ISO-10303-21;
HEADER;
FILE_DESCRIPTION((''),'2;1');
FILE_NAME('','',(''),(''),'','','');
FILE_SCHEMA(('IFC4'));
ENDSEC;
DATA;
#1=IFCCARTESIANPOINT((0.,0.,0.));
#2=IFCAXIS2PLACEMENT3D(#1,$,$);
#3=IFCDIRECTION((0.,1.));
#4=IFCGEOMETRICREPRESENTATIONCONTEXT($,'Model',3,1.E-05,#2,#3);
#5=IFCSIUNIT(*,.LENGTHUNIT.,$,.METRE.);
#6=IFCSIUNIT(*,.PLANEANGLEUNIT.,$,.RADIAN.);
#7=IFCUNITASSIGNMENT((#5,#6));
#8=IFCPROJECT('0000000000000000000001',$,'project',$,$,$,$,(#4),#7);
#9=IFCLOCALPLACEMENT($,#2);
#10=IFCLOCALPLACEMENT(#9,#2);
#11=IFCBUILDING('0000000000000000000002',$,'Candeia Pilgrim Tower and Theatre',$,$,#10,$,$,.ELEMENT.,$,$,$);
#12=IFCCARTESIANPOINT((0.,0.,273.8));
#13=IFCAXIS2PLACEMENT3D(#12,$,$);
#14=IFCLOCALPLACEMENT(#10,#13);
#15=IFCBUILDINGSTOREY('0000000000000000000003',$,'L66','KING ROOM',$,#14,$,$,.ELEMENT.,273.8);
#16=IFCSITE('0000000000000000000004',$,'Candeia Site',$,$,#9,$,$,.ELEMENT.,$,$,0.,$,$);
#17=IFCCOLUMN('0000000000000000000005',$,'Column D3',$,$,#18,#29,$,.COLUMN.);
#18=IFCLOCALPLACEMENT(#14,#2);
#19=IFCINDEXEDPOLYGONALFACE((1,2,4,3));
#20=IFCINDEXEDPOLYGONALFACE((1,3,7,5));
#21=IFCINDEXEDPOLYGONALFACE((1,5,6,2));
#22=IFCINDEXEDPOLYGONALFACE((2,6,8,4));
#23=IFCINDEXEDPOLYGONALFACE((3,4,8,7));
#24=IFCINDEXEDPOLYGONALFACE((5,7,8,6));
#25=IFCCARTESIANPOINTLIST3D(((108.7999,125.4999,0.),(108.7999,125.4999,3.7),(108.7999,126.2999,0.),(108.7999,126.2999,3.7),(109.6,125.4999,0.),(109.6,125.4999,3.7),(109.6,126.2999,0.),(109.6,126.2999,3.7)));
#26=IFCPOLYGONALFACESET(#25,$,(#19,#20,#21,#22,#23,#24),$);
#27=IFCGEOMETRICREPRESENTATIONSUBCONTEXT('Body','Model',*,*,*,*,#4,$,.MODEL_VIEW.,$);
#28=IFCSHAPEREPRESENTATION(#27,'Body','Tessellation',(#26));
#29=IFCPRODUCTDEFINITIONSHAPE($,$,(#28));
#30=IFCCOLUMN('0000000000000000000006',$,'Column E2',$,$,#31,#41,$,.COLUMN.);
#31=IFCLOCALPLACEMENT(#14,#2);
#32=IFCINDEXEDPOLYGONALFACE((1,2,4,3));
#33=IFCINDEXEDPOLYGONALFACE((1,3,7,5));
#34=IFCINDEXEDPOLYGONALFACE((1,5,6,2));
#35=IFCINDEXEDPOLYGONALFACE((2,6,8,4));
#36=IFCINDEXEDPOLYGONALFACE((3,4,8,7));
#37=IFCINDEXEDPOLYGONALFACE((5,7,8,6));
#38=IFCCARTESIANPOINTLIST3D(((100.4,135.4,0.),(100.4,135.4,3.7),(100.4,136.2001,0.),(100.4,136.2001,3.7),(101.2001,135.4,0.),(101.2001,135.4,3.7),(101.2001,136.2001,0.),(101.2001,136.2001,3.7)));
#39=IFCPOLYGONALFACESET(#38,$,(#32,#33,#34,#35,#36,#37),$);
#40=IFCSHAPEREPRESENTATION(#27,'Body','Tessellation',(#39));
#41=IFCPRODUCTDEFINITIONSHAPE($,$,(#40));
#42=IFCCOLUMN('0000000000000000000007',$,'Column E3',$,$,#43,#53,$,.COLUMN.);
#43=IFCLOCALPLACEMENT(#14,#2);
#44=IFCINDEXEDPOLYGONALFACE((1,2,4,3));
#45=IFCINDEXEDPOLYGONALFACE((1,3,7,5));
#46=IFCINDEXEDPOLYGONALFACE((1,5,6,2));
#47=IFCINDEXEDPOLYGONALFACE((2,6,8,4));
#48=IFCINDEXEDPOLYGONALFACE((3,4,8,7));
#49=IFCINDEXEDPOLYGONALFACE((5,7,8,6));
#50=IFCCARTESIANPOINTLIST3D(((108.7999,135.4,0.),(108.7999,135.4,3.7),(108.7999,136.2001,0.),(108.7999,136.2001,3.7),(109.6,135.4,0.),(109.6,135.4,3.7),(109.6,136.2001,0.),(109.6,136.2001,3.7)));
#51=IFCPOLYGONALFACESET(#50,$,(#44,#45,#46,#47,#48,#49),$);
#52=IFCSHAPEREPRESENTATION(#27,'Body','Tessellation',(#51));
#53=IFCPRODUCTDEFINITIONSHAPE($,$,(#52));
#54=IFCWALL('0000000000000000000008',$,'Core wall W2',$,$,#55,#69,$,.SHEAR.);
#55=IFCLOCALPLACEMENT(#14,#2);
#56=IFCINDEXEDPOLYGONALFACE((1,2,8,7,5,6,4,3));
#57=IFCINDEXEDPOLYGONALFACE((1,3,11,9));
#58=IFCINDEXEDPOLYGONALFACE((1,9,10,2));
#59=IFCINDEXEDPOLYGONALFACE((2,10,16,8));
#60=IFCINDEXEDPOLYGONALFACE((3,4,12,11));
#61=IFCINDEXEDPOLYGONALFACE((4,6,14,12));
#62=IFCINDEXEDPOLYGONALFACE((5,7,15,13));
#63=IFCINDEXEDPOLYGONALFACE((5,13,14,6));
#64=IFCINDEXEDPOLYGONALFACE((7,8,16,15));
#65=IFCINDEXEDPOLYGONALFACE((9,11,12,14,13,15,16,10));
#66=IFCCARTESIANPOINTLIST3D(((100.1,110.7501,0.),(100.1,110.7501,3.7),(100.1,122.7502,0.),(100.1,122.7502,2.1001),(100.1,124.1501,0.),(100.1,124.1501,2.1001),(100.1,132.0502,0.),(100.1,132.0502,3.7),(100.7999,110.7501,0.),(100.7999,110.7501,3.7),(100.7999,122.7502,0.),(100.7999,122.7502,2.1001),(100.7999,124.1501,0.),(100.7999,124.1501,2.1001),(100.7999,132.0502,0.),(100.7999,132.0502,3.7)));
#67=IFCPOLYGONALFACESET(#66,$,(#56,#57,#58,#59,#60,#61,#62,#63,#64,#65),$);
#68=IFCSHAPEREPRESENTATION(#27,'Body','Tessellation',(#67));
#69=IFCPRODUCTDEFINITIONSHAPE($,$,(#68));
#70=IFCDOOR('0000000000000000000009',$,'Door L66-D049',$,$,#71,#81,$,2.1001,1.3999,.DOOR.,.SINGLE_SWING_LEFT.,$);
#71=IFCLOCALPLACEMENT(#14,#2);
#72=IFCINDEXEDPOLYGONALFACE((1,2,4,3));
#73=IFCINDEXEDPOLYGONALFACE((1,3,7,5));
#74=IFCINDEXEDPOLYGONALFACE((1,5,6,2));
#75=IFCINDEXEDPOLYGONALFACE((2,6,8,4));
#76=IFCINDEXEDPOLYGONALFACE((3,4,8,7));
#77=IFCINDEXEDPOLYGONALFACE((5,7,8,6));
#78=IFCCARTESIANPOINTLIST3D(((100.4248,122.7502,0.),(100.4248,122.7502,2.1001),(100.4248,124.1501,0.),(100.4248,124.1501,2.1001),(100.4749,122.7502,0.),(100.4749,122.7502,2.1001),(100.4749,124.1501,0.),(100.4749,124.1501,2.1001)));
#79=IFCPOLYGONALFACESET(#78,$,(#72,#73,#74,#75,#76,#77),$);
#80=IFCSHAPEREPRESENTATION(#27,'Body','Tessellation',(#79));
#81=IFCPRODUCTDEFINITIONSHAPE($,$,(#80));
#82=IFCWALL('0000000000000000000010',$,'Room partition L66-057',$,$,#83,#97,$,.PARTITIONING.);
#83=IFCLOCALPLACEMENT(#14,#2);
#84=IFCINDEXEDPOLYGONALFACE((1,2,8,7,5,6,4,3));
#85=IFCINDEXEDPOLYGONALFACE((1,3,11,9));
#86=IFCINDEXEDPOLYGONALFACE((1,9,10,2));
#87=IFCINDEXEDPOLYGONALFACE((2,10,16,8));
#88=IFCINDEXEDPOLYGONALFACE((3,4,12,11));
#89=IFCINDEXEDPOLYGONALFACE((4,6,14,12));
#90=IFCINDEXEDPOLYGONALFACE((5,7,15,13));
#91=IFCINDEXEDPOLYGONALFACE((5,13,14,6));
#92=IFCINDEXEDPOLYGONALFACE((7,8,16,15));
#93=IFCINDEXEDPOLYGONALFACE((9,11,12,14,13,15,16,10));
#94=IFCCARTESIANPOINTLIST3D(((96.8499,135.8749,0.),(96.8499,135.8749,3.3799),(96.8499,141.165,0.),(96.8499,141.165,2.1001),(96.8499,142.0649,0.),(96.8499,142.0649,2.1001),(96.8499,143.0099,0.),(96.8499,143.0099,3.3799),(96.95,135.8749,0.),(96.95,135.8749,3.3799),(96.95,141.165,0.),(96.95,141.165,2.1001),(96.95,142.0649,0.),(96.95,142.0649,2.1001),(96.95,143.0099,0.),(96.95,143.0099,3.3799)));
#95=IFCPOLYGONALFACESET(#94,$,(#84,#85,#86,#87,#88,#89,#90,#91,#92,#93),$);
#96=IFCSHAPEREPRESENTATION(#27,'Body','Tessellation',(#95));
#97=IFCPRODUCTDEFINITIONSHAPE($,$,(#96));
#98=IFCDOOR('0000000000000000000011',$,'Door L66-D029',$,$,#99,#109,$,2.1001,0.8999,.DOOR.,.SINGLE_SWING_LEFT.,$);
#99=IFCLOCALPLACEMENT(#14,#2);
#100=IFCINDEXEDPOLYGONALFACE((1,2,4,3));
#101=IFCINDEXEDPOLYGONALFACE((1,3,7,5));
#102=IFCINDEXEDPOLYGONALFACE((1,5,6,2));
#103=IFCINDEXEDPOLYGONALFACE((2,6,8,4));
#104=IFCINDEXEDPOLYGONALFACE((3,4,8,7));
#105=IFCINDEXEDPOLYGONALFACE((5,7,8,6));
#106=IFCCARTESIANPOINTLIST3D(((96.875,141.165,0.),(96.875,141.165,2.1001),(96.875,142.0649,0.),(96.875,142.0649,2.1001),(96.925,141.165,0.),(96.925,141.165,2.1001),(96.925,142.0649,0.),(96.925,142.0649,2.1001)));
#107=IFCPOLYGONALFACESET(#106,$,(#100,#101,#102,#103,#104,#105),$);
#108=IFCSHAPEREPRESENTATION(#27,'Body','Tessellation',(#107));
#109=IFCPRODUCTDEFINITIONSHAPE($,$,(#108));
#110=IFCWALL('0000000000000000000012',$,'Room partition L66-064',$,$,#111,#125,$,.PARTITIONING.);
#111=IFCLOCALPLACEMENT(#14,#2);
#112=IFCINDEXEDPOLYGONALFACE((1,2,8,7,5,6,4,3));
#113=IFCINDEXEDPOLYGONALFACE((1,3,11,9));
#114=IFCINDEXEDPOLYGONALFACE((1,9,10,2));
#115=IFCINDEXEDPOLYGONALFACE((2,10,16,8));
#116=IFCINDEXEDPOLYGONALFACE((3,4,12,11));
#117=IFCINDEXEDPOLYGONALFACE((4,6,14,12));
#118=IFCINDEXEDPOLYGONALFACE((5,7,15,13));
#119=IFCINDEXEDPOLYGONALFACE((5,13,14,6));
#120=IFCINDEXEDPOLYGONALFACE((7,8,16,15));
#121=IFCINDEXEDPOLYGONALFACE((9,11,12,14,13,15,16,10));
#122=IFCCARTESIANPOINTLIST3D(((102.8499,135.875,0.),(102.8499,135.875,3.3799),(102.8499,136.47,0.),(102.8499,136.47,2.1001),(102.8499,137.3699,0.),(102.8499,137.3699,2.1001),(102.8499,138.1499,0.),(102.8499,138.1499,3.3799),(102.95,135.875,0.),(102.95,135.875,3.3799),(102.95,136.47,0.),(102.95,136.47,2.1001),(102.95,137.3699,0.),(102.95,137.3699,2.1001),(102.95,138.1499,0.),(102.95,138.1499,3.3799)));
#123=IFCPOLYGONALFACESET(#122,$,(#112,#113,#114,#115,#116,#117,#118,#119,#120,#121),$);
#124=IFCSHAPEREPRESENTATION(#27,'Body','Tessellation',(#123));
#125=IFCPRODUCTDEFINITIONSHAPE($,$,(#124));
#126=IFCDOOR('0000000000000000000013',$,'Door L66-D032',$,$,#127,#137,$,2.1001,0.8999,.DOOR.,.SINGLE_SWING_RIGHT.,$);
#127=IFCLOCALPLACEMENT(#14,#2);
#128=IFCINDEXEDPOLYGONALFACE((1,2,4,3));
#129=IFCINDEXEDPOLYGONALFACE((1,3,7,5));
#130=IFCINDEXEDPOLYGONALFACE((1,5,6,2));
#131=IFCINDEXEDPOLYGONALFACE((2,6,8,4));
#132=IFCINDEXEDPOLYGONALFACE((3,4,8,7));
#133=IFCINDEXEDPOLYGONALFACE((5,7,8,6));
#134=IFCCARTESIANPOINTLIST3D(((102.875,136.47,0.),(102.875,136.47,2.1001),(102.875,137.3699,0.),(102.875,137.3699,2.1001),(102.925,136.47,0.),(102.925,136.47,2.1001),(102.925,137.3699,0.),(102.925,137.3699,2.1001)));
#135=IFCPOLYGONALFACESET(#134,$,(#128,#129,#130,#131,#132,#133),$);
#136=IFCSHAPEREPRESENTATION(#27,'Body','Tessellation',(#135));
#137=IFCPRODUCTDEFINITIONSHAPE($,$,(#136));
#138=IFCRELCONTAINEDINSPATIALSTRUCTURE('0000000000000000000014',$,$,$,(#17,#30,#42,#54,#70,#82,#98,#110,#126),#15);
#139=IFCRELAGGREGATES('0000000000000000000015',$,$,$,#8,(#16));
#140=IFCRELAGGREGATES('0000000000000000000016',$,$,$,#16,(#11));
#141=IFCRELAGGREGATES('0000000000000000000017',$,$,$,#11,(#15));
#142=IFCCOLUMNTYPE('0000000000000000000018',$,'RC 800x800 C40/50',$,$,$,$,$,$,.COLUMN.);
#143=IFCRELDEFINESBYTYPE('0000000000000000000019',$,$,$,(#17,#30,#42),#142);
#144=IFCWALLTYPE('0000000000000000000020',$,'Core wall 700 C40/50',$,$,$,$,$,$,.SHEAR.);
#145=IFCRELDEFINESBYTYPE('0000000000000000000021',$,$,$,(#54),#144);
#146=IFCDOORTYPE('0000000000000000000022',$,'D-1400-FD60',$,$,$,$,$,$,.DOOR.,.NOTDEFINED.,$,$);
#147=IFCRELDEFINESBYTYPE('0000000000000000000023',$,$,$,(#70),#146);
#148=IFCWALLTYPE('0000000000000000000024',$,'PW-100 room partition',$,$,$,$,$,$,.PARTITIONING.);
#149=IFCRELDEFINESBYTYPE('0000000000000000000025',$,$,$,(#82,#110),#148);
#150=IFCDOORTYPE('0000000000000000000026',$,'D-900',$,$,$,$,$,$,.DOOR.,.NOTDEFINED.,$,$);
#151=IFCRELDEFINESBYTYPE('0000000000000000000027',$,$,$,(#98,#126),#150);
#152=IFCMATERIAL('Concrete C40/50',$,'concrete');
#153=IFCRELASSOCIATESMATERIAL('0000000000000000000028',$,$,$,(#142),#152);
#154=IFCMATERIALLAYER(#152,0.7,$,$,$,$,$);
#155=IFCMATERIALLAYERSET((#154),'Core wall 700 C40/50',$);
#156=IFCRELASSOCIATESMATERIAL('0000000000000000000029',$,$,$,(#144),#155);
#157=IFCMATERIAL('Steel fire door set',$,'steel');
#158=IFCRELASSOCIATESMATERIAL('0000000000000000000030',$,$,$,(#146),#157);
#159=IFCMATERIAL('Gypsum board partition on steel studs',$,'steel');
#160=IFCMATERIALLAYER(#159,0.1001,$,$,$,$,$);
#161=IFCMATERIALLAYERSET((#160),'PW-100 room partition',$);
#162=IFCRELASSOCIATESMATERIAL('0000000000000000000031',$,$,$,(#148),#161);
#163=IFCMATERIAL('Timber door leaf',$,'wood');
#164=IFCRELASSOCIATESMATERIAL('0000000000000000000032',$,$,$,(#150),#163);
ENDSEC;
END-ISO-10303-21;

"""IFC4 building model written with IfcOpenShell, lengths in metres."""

from ifc_helpers import new_model, si_unit, direction, frame, frame_2d, origin, origin_2d, place, context, subcontext, project, spatial, rectangle, extrude, material, layer, layer_set, material_profile, profile_set, type_object, element, fill, save


model = new_model("IFC4")

# Units and contexts
model_context = context("Model", 3, precision=1e-05, world=origin(), true_north=direction((0.0, 1.0)))
body_context = subcontext(model_context, "Body", "Model", "MODEL_VIEW")
ifc_project = project(units=[si_unit("LENGTHUNIT", "METRE"), si_unit("PLANEANGLEUNIT", "RADIAN")], contexts=[model_context])

# Site, building, storey
site_placement = place(None, origin())
site = spatial("IfcSite", under=ifc_project, at=site_placement, Name="Candeia Site", CompositionType="ELEMENT", RefElevation=0.0)
building_placement = place(site_placement, origin())
building = spatial("IfcBuilding", under=site, at=building_placement, Name="Candeia Pilgrim Tower and Theatre", CompositionType="ELEMENT")
storey_placement = place(building_placement, frame((0.0, 0.0, 273.8)))
storey = spatial("IfcBuildingStorey", under=building, at=storey_placement, Name="L66", Description="KING ROOM", CompositionType="ELEMENT", Elevation=273.8)

# Columns
ifc_material_1 = material(Name="Concrete C40/50", Category="concrete")
ifc_material_profile = material_profile(ifc_material_1, rectangle(XDim=0.8, YDim=0.8, at=origin_2d()))
ifc_profile_set = profile_set([ifc_material_profile], Name="Concrete C40/50")
column_type = type_object("IfcColumnType", Name="RC 800x800 C40/50", PredefinedType="COLUMN", material=ifc_profile_set)
for number, where, z_axis, x_axis, name in (
    (1, (109.2, 125.8999, 0.0), (0.0, 0.0, 1.0), (1.0, 0.0, 0.0), "Column D3"),
    (2, (100.8, 135.8, 0.0), (0.0, 0.0, 1.0), (1.0, 0.0, 0.0), "Column E2"),
    (3, (109.2, 135.8, 0.0), (0.0, 0.0, 1.0), (1.0, 0.0, 0.0), "Column E3"),
):
    element("IfcColumn", number, at=place(storey_placement, frame(where, z_axis=z_axis, x_axis=x_axis)), inside=storey, type_object=column_type, Name=name, PredefinedType="COLUMN", context=body_context, shape_type="SweptSolid", body=[
        extrude(rectangle(XDim=0.8, YDim=0.8, at=origin_2d()), origin(), (0.0, 0.0, 1.0), 3.7),
    ])

# Walls, openings, doors
ifc_layer_1 = layer(ifc_material_1, 0.7)
ifc_layer_set_1 = layer_set([ifc_layer_1], Name="Core wall 700 C40/50")
wall_type_1 = type_object("IfcWallType", Name="Core wall 700 C40/50", PredefinedType="SHEAR", material=ifc_layer_set_1)
wall_1_placement = place(storey_placement, frame((100.45, 132.05, 0.0), z_axis=(0.0, 0.0, 1.0), x_axis=(0.0, -1.0, 0.0)))
wall_1 = element("IfcWall", 4, at=wall_1_placement, inside=storey, type_object=wall_type_1, Name="Core wall W2", PredefinedType="SHEAR", context=body_context, shape_type="SweptSolid", body=[
    extrude(rectangle(XDim=21.3, YDim=0.7, at=frame_2d((10.6499, 0.0))), origin(), (0.0, 0.0, 1.0), 3.7),
])
opening_1_placement = place(wall_1_placement, frame((7.8999, 0.0, 0.0)))
opening_1 = element("IfcOpeningElement", 5, at=opening_1_placement, cuts=wall_1, PredefinedType="OPENING", context=body_context, shape_type="SweptSolid", body=[
    extrude(rectangle(XDim=1.3999, YDim=2.1001, at=frame_2d((0.7, 1.05))), frame((0.0, 0.3599, 0.0), z_axis=(0.0, -1.0, 0.0), x_axis=(1.0, 0.0, 0.0)), (0.0, 0.0, 1.0), 0.72),
])
ifc_material_2 = material(Name="Steel fire door set", Category="steel")
door_type_1 = type_object("IfcDoorType", Name="D-1400-FD60", OperationType="NOTDEFINED", PredefinedType="DOOR", material=ifc_material_2)
door_1_placement = place(opening_1_placement, origin())
door_1 = element("IfcDoor", 6, at=door_1_placement, inside=storey, type_object=door_type_1, Name="Door L66-D049", OperationType="SINGLE_SWING_LEFT", OverallHeight=2.1001, OverallWidth=1.3999, PredefinedType="DOOR", context=body_context, shape_type="SweptSolid", body=[
    extrude(rectangle(XDim=1.3999, YDim=2.1001, at=frame_2d((0.7, 1.05))), frame((0.0, 0.0249, 0.0), z_axis=(0.0, -1.0, 0.0), x_axis=(1.0, 0.0, 0.0)), (0.0, 0.0, 1.0), 0.05),
])
fill(opening_1, door_1)
ifc_material_3 = material(Name="Gypsum board partition on steel studs", Category="steel")
ifc_layer_2 = layer(ifc_material_3, 0.1001)
ifc_layer_set_2 = layer_set([ifc_layer_2], Name="PW-100 room partition")
wall_type_2 = type_object("IfcWallType", Name="PW-100 room partition", PredefinedType="PARTITIONING", material=ifc_layer_set_2)
wall_2_placement = place(storey_placement, frame((96.8999, 135.875, 0.0), z_axis=(0.0, 0.0, 1.0), x_axis=(0.0, 1.0, 0.0)))
wall_2 = element("IfcWall", 7, at=wall_2_placement, inside=storey, type_object=wall_type_2, Name="Room partition L66-057", PredefinedType="PARTITIONING", context=body_context, shape_type="SweptSolid", body=[
    extrude(rectangle(XDim=7.135, YDim=0.1001, at=frame_2d((3.5674, 0.0))), origin(), (0.0, 0.0, 1.0), 3.3799),
])
opening_2_placement = place(wall_2_placement, frame((5.29, 0.0, 0.0)))
opening_2 = element("IfcOpeningElement", 8, at=opening_2_placement, cuts=wall_2, PredefinedType="OPENING", context=body_context, shape_type="SweptSolid", body=[
    extrude(rectangle(XDim=0.8999, YDim=2.1001, at=frame_2d((0.45, 1.05))), frame((0.0, 0.0601, 0.0), z_axis=(0.0, -1.0, 0.0), x_axis=(1.0, 0.0, 0.0)), (0.0, 0.0, 1.0), 0.1201),
])
ifc_material_4 = material(Name="Timber door leaf", Category="wood")
door_type_2 = type_object("IfcDoorType", Name="D-900", OperationType="NOTDEFINED", PredefinedType="DOOR", material=ifc_material_4)
door_2_placement = place(opening_2_placement, origin())
door_2 = element("IfcDoor", 9, at=door_2_placement, inside=storey, type_object=door_type_2, Name="Door L66-D029", OperationType="SINGLE_SWING_LEFT", OverallHeight=2.1001, OverallWidth=0.8999, PredefinedType="DOOR", context=body_context, shape_type="SweptSolid", body=[
    extrude(rectangle(XDim=0.8999, YDim=2.1001, at=frame_2d((0.45, 1.05))), frame((0.0, 0.0249, 0.0), z_axis=(0.0, -1.0, 0.0), x_axis=(1.0, 0.0, 0.0)), (0.0, 0.0, 1.0), 0.05),
])
fill(opening_2, door_2)
wall_3_placement = place(storey_placement, frame((102.8999, 135.875, 0.0), z_axis=(0.0, 0.0, 1.0), x_axis=(0.0, 1.0, 0.0)))
wall_3 = element("IfcWall", 10, at=wall_3_placement, inside=storey, type_object=wall_type_2, Name="Room partition L66-064", PredefinedType="PARTITIONING", context=body_context, shape_type="SweptSolid", body=[
    extrude(rectangle(XDim=2.2749, YDim=0.1001, at=frame_2d((1.1375, 0.0))), origin(), (0.0, 0.0, 1.0), 3.3799),
])
opening_3_placement = place(wall_3_placement, frame((0.595, 0.0, 0.0)))
opening_3 = element("IfcOpeningElement", 11, at=opening_3_placement, cuts=wall_3, PredefinedType="OPENING", context=body_context, shape_type="SweptSolid", body=[
    extrude(rectangle(XDim=0.8999, YDim=2.1001, at=frame_2d((0.45, 1.05))), frame((0.0, 0.0601, 0.0), z_axis=(0.0, -1.0, 0.0), x_axis=(1.0, 0.0, 0.0)), (0.0, 0.0, 1.0), 0.1201),
])
door_3_placement = place(opening_3_placement, origin())
door_3 = element("IfcDoor", 12, at=door_3_placement, inside=storey, type_object=door_type_2, Name="Door L66-D032", OperationType="SINGLE_SWING_RIGHT", OverallHeight=2.1001, OverallWidth=0.8999, PredefinedType="DOOR", context=body_context, shape_type="SweptSolid", body=[
    extrude(rectangle(XDim=0.8999, YDim=2.1001, at=frame_2d((0.45, 1.05))), frame((0.0, 0.0249, 0.0), z_axis=(0.0, -1.0, 0.0), x_axis=(1.0, 0.0, 0.0)), (0.0, 0.0, 1.0), 0.05),
])
fill(opening_3, door_3)

save(model, "model.ifc")
